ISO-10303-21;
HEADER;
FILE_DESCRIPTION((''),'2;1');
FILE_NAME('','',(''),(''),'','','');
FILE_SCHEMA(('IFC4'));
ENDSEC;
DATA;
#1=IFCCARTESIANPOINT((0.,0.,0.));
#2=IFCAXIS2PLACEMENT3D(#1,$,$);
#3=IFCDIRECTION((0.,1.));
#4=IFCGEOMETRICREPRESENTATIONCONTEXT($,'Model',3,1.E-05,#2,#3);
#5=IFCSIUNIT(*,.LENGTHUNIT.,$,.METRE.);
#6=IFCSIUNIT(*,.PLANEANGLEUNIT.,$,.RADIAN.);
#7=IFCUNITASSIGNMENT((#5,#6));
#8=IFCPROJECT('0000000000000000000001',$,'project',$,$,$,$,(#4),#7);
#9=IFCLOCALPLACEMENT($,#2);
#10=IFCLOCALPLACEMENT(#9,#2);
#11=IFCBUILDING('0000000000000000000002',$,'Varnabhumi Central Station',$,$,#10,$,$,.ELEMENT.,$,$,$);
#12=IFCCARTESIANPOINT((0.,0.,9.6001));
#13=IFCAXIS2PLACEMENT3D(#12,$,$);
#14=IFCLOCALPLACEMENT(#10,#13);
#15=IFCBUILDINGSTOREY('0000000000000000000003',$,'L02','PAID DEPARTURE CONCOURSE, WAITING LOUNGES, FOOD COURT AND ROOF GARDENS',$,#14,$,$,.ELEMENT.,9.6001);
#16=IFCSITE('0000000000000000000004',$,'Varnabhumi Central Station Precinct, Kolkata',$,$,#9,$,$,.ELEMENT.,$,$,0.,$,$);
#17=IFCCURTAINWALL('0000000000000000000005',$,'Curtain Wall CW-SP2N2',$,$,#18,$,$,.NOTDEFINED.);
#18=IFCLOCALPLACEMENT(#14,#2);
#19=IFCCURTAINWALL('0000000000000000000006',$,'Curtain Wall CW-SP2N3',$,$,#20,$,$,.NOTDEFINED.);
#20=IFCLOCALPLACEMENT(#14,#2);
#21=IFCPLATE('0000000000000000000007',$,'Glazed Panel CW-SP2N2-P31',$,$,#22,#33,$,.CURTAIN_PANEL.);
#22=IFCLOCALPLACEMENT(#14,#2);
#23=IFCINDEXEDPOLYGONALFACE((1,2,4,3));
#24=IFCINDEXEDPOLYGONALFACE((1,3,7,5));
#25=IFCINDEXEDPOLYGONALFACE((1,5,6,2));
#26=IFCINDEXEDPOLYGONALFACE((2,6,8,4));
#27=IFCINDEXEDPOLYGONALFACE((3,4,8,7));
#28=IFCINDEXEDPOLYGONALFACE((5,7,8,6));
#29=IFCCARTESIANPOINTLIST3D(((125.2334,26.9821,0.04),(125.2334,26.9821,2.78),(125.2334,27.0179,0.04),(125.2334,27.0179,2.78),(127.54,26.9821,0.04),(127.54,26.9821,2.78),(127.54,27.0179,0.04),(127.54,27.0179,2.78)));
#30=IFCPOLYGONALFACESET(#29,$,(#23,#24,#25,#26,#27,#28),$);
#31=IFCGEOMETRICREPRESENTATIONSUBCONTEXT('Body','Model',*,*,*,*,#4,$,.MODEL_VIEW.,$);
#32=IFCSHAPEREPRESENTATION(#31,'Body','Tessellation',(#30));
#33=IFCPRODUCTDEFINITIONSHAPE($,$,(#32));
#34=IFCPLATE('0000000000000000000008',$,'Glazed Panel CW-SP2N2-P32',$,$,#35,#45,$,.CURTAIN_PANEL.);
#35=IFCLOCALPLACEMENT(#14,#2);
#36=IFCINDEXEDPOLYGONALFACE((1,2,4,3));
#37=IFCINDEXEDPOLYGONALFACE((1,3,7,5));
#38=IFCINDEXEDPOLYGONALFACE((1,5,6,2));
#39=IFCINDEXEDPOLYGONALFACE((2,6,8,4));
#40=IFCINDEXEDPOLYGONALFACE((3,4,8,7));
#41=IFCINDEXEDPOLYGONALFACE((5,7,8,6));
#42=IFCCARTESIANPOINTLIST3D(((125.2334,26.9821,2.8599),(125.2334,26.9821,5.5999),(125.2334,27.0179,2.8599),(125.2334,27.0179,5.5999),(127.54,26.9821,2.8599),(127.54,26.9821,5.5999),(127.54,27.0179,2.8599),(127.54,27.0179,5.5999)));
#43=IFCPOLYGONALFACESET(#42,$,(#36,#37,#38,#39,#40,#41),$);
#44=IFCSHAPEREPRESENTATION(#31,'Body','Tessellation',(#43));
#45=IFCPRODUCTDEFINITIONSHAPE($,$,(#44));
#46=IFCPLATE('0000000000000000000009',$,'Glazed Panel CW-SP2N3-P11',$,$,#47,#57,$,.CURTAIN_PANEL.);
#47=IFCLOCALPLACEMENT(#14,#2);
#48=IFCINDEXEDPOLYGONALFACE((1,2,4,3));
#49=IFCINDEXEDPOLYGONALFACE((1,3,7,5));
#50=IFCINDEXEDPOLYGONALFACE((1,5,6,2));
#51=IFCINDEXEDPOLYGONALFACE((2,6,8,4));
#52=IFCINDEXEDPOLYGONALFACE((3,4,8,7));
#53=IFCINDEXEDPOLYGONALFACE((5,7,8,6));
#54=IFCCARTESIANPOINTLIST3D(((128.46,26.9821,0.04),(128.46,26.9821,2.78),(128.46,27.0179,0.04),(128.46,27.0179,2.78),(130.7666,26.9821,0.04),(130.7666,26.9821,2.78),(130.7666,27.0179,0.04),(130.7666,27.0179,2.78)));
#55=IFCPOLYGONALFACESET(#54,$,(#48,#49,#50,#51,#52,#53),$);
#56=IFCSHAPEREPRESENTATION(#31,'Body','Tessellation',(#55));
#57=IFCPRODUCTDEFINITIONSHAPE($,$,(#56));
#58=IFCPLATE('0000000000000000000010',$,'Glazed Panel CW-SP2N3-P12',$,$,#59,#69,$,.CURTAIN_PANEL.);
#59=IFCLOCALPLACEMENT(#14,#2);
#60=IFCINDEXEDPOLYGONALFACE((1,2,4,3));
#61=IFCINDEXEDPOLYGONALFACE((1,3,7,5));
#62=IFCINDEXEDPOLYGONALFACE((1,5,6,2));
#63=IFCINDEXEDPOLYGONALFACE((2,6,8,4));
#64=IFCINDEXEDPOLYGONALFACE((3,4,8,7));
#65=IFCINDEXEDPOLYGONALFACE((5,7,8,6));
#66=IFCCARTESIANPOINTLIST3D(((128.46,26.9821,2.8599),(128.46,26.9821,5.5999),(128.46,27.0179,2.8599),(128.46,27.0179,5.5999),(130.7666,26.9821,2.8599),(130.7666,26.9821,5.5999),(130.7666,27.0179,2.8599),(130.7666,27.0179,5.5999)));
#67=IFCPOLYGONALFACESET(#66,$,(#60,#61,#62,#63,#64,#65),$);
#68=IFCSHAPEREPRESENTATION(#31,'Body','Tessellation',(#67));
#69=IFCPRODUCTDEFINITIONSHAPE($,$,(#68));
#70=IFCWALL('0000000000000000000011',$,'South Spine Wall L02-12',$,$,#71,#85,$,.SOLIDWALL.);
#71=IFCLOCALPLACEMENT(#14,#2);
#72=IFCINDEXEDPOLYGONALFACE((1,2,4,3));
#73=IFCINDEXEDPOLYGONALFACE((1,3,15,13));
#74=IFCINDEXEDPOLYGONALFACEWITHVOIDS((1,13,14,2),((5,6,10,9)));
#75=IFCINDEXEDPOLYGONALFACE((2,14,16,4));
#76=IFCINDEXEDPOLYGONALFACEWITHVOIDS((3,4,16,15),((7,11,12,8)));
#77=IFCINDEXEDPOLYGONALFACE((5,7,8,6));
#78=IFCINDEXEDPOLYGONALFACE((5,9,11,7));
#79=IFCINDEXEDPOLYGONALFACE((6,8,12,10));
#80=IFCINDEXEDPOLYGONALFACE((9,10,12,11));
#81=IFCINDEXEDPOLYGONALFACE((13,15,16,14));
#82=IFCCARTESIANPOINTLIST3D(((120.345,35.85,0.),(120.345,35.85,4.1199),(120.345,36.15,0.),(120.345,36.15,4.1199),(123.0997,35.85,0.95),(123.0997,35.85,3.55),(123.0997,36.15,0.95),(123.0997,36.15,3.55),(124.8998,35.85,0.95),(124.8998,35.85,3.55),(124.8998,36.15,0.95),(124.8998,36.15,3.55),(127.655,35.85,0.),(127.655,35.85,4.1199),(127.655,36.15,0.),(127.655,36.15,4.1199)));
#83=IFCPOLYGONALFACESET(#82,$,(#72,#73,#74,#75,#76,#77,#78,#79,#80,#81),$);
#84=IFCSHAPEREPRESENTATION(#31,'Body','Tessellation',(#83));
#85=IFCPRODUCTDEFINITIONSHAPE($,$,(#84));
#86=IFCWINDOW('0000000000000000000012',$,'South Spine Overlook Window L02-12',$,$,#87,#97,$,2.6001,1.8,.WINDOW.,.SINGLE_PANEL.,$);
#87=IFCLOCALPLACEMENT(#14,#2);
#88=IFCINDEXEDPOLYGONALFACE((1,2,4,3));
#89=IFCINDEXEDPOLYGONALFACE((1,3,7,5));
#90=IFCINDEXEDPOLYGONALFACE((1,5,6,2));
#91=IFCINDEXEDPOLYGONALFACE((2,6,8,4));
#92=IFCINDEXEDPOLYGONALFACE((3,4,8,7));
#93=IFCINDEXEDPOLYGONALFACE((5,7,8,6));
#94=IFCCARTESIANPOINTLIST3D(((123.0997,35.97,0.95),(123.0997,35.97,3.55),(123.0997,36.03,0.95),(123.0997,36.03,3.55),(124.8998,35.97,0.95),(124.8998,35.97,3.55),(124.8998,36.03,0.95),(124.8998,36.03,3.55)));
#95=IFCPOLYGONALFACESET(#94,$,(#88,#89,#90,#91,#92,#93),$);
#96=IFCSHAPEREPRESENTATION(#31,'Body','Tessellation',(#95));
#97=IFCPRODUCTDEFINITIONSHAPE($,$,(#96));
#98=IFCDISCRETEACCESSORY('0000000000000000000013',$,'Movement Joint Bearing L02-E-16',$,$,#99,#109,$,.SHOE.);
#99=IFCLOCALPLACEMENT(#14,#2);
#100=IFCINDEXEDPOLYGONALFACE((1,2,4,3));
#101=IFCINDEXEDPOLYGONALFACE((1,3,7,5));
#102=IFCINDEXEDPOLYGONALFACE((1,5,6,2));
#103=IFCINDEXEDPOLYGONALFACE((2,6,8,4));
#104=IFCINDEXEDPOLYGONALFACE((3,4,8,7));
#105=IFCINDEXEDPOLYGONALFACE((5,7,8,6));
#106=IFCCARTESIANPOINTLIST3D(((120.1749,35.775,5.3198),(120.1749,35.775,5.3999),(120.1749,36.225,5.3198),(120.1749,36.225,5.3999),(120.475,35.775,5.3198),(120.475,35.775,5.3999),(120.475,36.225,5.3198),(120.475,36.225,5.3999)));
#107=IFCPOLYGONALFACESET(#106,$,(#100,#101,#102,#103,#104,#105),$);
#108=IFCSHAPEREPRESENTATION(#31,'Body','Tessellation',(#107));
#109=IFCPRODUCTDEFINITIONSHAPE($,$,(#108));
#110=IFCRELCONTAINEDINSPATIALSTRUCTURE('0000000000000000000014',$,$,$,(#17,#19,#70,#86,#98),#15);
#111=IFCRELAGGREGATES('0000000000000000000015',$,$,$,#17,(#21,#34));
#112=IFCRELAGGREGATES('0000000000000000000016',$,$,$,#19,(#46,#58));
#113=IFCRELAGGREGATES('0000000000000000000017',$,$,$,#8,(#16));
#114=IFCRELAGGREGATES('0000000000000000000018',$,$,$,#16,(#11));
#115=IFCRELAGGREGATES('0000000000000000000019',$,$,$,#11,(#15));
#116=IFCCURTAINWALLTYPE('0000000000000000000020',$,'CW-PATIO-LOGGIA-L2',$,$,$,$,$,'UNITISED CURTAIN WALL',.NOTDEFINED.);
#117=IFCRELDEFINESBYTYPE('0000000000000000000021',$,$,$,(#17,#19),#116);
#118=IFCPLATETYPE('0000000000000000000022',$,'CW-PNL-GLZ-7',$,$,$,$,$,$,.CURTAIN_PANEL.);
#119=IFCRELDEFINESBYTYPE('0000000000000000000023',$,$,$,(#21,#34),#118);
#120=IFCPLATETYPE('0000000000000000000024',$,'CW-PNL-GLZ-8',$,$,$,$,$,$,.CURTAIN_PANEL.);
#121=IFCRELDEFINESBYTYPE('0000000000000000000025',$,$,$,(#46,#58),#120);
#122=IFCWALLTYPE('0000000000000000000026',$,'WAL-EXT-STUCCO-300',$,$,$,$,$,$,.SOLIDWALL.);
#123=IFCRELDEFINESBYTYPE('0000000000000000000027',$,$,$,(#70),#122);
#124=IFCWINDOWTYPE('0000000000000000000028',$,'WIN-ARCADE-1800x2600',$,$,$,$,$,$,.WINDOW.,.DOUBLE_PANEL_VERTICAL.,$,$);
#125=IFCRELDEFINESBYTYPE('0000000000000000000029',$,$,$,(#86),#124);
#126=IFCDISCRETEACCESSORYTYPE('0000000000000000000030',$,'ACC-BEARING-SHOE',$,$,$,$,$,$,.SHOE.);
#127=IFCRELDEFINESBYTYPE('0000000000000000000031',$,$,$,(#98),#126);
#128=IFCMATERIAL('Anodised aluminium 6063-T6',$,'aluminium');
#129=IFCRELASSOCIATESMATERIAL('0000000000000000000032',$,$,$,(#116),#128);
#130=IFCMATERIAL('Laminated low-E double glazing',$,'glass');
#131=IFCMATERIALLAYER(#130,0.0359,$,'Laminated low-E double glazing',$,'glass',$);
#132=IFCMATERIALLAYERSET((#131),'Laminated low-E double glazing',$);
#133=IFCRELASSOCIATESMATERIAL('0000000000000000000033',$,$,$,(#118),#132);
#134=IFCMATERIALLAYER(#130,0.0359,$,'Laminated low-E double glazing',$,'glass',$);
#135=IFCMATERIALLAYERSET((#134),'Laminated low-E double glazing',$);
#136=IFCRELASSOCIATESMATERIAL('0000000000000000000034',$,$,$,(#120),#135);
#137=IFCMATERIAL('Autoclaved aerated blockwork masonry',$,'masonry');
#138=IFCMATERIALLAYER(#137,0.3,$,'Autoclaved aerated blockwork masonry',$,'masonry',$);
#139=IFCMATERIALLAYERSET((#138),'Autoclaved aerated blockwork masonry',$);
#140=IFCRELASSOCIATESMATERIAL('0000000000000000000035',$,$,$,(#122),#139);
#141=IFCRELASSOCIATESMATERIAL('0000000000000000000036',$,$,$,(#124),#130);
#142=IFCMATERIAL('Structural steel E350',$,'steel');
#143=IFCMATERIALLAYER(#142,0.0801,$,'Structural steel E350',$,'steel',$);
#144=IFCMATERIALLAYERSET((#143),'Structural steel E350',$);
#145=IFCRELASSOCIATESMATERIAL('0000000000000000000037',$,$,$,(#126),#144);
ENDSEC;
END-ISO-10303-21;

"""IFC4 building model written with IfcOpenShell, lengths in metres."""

from ifc_helpers import new_model, si_unit, direction, frame, frame_2d, origin, origin_2d, place, context, subcontext, project, spatial, rectangle, extrude, material, layer, layer_set, type_object, element, fill, aggregate, save


model = new_model("IFC4")

# Units and contexts
model_context = context("Model", 3, precision=1e-05, world=origin(), true_north=direction((0.0, 1.0)))
body_context = subcontext(model_context, "Body", "Model", "MODEL_VIEW")
ifc_project = project(units=[si_unit("LENGTHUNIT", "METRE"), si_unit("PLANEANGLEUNIT", "RADIAN")], contexts=[model_context])

# Site, building, storey
site_placement = place(None, origin())
site = spatial("IfcSite", under=ifc_project, at=site_placement, Name="Varnabhumi Central Station Precinct, Kolkata", CompositionType="ELEMENT", RefElevation=0.0)
building_placement = place(site_placement, origin())
building = spatial("IfcBuilding", under=site, at=building_placement, Name="Varnabhumi Central Station", CompositionType="ELEMENT")
storey_placement = place(building_placement, frame((0.0, 0.0, 9.6001)))
storey = spatial("IfcBuildingStorey", under=building, at=storey_placement, Name="L02", Description="PAID DEPARTURE CONCOURSE, WAITING LOUNGES, FOOD COURT AND ROOF GARDENS", CompositionType="ELEMENT", Elevation=9.6001)

# Shared definitions
ifc_material_1 = material(Name="Structural steel E350", Category="steel")

# Curtain wall
ifc_material_2 = material(Name="Anodised aluminium 6063-T6", Category="aluminium")
curtain_wall_type = type_object("IfcCurtainWallType", Name="CW-PATIO-LOGGIA-L2", ElementType="UNITISED CURTAIN WALL", PredefinedType="NOTDEFINED", material=ifc_material_2)
curtain_wall_1_placement = place(storey_placement, origin())
curtain_wall_1 = element("IfcCurtainWall", 1, at=curtain_wall_1_placement, inside=storey, type_object=curtain_wall_type, Name="Curtain Wall CW-SP2N2", PredefinedType="NOTDEFINED")

# Curtain wall
curtain_wall_2_placement = place(storey_placement, origin())
curtain_wall_2 = element("IfcCurtainWall", 2, at=curtain_wall_2_placement, inside=storey, type_object=curtain_wall_type, Name="Curtain Wall CW-SP2N3", PredefinedType="NOTDEFINED")

# Plates
ifc_material_3 = material(Name="Laminated low-E double glazing", Category="glass")
ifc_layer_1 = layer(ifc_material_3, 0.0359, Name="Laminated low-E double glazing", Category="glass")
ifc_layer_set_1 = layer_set([ifc_layer_1], Name="Laminated low-E double glazing")
plate_type_1 = type_object("IfcPlateType", Name="CW-PNL-GLZ-7", PredefinedType="CURTAIN_PANEL", material=ifc_layer_set_1)
plate_1_placement = place(storey_placement, frame((126.3867, 27.0, 0.04), z_axis=(0.0, 0.0, 1.0), x_axis=(1.0, 0.0, 0.0)))
plate_1 = element("IfcPlate", 3, at=plate_1_placement, type_object=plate_type_1, Name="Glazed Panel CW-SP2N2-P31", PredefinedType="CURTAIN_PANEL", context=body_context, shape_type="SweptSolid", body=[
    extrude(rectangle(XDim=2.3066, YDim=0.0359, at=origin_2d()), origin(), (0.0, 0.0, 1.0), 2.74),
])
plate_2_placement = place(storey_placement, frame((126.3867, 27.0, 2.8599), z_axis=(0.0, 0.0, 1.0), x_axis=(1.0, 0.0, 0.0)))
plate_2 = element("IfcPlate", 4, at=plate_2_placement, type_object=plate_type_1, Name="Glazed Panel CW-SP2N2-P32", PredefinedType="CURTAIN_PANEL", context=body_context, shape_type="SweptSolid", body=[
    extrude(rectangle(XDim=2.3066, YDim=0.0359, at=origin_2d()), origin(), (0.0, 0.0, 1.0), 2.74),
])
aggregate(curtain_wall_1, [plate_1, plate_2])
ifc_layer_2 = layer(ifc_material_3, 0.0359, Name="Laminated low-E double glazing", Category="glass")
ifc_layer_set_2 = layer_set([ifc_layer_2], Name="Laminated low-E double glazing")
plate_type_2 = type_object("IfcPlateType", Name="CW-PNL-GLZ-8", PredefinedType="CURTAIN_PANEL", material=ifc_layer_set_2)
plate_3_placement = place(storey_placement, frame((129.6133, 27.0, 0.04), z_axis=(0.0, 0.0, 1.0), x_axis=(1.0, 0.0, 0.0)))
plate_3 = element("IfcPlate", 5, at=plate_3_placement, type_object=plate_type_2, Name="Glazed Panel CW-SP2N3-P11", PredefinedType="CURTAIN_PANEL", context=body_context, shape_type="SweptSolid", body=[
    extrude(rectangle(XDim=2.3066, YDim=0.0359, at=origin_2d()), origin(), (0.0, 0.0, 1.0), 2.74),
])
plate_4_placement = place(storey_placement, frame((129.6133, 27.0, 2.8599), z_axis=(0.0, 0.0, 1.0), x_axis=(1.0, 0.0, 0.0)))
plate_4 = element("IfcPlate", 6, at=plate_4_placement, type_object=plate_type_2, Name="Glazed Panel CW-SP2N3-P12", PredefinedType="CURTAIN_PANEL", context=body_context, shape_type="SweptSolid", body=[
    extrude(rectangle(XDim=2.3066, YDim=0.0359, at=origin_2d()), origin(), (0.0, 0.0, 1.0), 2.74),
])
aggregate(curtain_wall_2, [plate_3, plate_4])

# Wall, opening, window
ifc_material_4 = material(Name="Autoclaved aerated blockwork masonry", Category="masonry")
ifc_layer_3 = layer(ifc_material_4, 0.3, Name="Autoclaved aerated blockwork masonry", Category="masonry")
ifc_layer_set_3 = layer_set([ifc_layer_3], Name="Autoclaved aerated blockwork masonry")
wall_type = type_object("IfcWallType", Name="WAL-EXT-STUCCO-300", PredefinedType="SOLIDWALL", material=ifc_layer_set_3)
wall_placement = place(storey_placement, frame((120.345, 36.0, 0.0), z_axis=(0.0, 0.0, 1.0), x_axis=(1.0, 0.0, 0.0)))
wall = element("IfcWall", 7, at=wall_placement, inside=storey, type_object=wall_type, Name="South Spine Wall L02-12", PredefinedType="SOLIDWALL", context=body_context, shape_type="SweptSolid", body=[
    extrude(rectangle(XDim=7.3101, YDim=0.3, at=frame_2d((3.655, 0.0))), origin(), (0.0, 0.0, 1.0), 4.1199),
])
opening_placement = place(wall_placement, frame((2.7549, 0.0, 0.95)))
opening = element("IfcOpeningElement", 8, at=opening_placement, cuts=wall, PredefinedType="OPENING", context=body_context, shape_type="SweptSolid", body=[
    extrude(rectangle(XDim=1.8, YDim=2.6001, at=frame_2d((0.8999, 1.3))), frame((0.0, 0.1599, 0.0), z_axis=(0.0, -1.0, 0.0), x_axis=(1.0, 0.0, 0.0)), (0.0, 0.0, 1.0), 0.3201),
])
window_type = type_object("IfcWindowType", Name="WIN-ARCADE-1800x2600", PartitioningType="DOUBLE_PANEL_VERTICAL", PredefinedType="WINDOW", material=ifc_material_3)
window_placement = place(opening_placement, origin())
window = element("IfcWindow", 9, at=window_placement, inside=storey, type_object=window_type, Name="South Spine Overlook Window L02-12", OverallHeight=2.6001, OverallWidth=1.8, PartitioningType="SINGLE_PANEL", PredefinedType="WINDOW", context=body_context, shape_type="SweptSolid", body=[
    extrude(rectangle(XDim=1.8, YDim=2.6001, at=frame_2d((0.8999, 1.3))), frame((0.0, 0.03, 0.0), z_axis=(0.0, -1.0, 0.0), x_axis=(1.0, 0.0, 0.0)), (0.0, 0.0, 1.0), 0.0601),
])
fill(opening, window)

# Discrete accessory
ifc_layer_4 = layer(ifc_material_1, 0.0801, Name="Structural steel E350", Category="steel")
ifc_layer_set_4 = layer_set([ifc_layer_4], Name="Structural steel E350")
discrete_accessory_type = type_object("IfcDiscreteAccessoryType", Name="ACC-BEARING-SHOE", PredefinedType="SHOE", material=ifc_layer_set_4)
discrete_accessory_placement = place(storey_placement, frame((120.325, 36.0, 5.3198), z_axis=(0.0, 0.0, 1.0), x_axis=(1.0, 0.0, 0.0)))
element("IfcDiscreteAccessory", 10, at=discrete_accessory_placement, inside=storey, type_object=discrete_accessory_type, Name="Movement Joint Bearing L02-E-16", PredefinedType="SHOE", context=body_context, shape_type="SweptSolid", body=[
    extrude(rectangle(XDim=0.3, YDim=0.45, at=origin_2d()), origin(), (0.0, 0.0, 1.0), 0.0801),
])

save(model, "model.ifc")
